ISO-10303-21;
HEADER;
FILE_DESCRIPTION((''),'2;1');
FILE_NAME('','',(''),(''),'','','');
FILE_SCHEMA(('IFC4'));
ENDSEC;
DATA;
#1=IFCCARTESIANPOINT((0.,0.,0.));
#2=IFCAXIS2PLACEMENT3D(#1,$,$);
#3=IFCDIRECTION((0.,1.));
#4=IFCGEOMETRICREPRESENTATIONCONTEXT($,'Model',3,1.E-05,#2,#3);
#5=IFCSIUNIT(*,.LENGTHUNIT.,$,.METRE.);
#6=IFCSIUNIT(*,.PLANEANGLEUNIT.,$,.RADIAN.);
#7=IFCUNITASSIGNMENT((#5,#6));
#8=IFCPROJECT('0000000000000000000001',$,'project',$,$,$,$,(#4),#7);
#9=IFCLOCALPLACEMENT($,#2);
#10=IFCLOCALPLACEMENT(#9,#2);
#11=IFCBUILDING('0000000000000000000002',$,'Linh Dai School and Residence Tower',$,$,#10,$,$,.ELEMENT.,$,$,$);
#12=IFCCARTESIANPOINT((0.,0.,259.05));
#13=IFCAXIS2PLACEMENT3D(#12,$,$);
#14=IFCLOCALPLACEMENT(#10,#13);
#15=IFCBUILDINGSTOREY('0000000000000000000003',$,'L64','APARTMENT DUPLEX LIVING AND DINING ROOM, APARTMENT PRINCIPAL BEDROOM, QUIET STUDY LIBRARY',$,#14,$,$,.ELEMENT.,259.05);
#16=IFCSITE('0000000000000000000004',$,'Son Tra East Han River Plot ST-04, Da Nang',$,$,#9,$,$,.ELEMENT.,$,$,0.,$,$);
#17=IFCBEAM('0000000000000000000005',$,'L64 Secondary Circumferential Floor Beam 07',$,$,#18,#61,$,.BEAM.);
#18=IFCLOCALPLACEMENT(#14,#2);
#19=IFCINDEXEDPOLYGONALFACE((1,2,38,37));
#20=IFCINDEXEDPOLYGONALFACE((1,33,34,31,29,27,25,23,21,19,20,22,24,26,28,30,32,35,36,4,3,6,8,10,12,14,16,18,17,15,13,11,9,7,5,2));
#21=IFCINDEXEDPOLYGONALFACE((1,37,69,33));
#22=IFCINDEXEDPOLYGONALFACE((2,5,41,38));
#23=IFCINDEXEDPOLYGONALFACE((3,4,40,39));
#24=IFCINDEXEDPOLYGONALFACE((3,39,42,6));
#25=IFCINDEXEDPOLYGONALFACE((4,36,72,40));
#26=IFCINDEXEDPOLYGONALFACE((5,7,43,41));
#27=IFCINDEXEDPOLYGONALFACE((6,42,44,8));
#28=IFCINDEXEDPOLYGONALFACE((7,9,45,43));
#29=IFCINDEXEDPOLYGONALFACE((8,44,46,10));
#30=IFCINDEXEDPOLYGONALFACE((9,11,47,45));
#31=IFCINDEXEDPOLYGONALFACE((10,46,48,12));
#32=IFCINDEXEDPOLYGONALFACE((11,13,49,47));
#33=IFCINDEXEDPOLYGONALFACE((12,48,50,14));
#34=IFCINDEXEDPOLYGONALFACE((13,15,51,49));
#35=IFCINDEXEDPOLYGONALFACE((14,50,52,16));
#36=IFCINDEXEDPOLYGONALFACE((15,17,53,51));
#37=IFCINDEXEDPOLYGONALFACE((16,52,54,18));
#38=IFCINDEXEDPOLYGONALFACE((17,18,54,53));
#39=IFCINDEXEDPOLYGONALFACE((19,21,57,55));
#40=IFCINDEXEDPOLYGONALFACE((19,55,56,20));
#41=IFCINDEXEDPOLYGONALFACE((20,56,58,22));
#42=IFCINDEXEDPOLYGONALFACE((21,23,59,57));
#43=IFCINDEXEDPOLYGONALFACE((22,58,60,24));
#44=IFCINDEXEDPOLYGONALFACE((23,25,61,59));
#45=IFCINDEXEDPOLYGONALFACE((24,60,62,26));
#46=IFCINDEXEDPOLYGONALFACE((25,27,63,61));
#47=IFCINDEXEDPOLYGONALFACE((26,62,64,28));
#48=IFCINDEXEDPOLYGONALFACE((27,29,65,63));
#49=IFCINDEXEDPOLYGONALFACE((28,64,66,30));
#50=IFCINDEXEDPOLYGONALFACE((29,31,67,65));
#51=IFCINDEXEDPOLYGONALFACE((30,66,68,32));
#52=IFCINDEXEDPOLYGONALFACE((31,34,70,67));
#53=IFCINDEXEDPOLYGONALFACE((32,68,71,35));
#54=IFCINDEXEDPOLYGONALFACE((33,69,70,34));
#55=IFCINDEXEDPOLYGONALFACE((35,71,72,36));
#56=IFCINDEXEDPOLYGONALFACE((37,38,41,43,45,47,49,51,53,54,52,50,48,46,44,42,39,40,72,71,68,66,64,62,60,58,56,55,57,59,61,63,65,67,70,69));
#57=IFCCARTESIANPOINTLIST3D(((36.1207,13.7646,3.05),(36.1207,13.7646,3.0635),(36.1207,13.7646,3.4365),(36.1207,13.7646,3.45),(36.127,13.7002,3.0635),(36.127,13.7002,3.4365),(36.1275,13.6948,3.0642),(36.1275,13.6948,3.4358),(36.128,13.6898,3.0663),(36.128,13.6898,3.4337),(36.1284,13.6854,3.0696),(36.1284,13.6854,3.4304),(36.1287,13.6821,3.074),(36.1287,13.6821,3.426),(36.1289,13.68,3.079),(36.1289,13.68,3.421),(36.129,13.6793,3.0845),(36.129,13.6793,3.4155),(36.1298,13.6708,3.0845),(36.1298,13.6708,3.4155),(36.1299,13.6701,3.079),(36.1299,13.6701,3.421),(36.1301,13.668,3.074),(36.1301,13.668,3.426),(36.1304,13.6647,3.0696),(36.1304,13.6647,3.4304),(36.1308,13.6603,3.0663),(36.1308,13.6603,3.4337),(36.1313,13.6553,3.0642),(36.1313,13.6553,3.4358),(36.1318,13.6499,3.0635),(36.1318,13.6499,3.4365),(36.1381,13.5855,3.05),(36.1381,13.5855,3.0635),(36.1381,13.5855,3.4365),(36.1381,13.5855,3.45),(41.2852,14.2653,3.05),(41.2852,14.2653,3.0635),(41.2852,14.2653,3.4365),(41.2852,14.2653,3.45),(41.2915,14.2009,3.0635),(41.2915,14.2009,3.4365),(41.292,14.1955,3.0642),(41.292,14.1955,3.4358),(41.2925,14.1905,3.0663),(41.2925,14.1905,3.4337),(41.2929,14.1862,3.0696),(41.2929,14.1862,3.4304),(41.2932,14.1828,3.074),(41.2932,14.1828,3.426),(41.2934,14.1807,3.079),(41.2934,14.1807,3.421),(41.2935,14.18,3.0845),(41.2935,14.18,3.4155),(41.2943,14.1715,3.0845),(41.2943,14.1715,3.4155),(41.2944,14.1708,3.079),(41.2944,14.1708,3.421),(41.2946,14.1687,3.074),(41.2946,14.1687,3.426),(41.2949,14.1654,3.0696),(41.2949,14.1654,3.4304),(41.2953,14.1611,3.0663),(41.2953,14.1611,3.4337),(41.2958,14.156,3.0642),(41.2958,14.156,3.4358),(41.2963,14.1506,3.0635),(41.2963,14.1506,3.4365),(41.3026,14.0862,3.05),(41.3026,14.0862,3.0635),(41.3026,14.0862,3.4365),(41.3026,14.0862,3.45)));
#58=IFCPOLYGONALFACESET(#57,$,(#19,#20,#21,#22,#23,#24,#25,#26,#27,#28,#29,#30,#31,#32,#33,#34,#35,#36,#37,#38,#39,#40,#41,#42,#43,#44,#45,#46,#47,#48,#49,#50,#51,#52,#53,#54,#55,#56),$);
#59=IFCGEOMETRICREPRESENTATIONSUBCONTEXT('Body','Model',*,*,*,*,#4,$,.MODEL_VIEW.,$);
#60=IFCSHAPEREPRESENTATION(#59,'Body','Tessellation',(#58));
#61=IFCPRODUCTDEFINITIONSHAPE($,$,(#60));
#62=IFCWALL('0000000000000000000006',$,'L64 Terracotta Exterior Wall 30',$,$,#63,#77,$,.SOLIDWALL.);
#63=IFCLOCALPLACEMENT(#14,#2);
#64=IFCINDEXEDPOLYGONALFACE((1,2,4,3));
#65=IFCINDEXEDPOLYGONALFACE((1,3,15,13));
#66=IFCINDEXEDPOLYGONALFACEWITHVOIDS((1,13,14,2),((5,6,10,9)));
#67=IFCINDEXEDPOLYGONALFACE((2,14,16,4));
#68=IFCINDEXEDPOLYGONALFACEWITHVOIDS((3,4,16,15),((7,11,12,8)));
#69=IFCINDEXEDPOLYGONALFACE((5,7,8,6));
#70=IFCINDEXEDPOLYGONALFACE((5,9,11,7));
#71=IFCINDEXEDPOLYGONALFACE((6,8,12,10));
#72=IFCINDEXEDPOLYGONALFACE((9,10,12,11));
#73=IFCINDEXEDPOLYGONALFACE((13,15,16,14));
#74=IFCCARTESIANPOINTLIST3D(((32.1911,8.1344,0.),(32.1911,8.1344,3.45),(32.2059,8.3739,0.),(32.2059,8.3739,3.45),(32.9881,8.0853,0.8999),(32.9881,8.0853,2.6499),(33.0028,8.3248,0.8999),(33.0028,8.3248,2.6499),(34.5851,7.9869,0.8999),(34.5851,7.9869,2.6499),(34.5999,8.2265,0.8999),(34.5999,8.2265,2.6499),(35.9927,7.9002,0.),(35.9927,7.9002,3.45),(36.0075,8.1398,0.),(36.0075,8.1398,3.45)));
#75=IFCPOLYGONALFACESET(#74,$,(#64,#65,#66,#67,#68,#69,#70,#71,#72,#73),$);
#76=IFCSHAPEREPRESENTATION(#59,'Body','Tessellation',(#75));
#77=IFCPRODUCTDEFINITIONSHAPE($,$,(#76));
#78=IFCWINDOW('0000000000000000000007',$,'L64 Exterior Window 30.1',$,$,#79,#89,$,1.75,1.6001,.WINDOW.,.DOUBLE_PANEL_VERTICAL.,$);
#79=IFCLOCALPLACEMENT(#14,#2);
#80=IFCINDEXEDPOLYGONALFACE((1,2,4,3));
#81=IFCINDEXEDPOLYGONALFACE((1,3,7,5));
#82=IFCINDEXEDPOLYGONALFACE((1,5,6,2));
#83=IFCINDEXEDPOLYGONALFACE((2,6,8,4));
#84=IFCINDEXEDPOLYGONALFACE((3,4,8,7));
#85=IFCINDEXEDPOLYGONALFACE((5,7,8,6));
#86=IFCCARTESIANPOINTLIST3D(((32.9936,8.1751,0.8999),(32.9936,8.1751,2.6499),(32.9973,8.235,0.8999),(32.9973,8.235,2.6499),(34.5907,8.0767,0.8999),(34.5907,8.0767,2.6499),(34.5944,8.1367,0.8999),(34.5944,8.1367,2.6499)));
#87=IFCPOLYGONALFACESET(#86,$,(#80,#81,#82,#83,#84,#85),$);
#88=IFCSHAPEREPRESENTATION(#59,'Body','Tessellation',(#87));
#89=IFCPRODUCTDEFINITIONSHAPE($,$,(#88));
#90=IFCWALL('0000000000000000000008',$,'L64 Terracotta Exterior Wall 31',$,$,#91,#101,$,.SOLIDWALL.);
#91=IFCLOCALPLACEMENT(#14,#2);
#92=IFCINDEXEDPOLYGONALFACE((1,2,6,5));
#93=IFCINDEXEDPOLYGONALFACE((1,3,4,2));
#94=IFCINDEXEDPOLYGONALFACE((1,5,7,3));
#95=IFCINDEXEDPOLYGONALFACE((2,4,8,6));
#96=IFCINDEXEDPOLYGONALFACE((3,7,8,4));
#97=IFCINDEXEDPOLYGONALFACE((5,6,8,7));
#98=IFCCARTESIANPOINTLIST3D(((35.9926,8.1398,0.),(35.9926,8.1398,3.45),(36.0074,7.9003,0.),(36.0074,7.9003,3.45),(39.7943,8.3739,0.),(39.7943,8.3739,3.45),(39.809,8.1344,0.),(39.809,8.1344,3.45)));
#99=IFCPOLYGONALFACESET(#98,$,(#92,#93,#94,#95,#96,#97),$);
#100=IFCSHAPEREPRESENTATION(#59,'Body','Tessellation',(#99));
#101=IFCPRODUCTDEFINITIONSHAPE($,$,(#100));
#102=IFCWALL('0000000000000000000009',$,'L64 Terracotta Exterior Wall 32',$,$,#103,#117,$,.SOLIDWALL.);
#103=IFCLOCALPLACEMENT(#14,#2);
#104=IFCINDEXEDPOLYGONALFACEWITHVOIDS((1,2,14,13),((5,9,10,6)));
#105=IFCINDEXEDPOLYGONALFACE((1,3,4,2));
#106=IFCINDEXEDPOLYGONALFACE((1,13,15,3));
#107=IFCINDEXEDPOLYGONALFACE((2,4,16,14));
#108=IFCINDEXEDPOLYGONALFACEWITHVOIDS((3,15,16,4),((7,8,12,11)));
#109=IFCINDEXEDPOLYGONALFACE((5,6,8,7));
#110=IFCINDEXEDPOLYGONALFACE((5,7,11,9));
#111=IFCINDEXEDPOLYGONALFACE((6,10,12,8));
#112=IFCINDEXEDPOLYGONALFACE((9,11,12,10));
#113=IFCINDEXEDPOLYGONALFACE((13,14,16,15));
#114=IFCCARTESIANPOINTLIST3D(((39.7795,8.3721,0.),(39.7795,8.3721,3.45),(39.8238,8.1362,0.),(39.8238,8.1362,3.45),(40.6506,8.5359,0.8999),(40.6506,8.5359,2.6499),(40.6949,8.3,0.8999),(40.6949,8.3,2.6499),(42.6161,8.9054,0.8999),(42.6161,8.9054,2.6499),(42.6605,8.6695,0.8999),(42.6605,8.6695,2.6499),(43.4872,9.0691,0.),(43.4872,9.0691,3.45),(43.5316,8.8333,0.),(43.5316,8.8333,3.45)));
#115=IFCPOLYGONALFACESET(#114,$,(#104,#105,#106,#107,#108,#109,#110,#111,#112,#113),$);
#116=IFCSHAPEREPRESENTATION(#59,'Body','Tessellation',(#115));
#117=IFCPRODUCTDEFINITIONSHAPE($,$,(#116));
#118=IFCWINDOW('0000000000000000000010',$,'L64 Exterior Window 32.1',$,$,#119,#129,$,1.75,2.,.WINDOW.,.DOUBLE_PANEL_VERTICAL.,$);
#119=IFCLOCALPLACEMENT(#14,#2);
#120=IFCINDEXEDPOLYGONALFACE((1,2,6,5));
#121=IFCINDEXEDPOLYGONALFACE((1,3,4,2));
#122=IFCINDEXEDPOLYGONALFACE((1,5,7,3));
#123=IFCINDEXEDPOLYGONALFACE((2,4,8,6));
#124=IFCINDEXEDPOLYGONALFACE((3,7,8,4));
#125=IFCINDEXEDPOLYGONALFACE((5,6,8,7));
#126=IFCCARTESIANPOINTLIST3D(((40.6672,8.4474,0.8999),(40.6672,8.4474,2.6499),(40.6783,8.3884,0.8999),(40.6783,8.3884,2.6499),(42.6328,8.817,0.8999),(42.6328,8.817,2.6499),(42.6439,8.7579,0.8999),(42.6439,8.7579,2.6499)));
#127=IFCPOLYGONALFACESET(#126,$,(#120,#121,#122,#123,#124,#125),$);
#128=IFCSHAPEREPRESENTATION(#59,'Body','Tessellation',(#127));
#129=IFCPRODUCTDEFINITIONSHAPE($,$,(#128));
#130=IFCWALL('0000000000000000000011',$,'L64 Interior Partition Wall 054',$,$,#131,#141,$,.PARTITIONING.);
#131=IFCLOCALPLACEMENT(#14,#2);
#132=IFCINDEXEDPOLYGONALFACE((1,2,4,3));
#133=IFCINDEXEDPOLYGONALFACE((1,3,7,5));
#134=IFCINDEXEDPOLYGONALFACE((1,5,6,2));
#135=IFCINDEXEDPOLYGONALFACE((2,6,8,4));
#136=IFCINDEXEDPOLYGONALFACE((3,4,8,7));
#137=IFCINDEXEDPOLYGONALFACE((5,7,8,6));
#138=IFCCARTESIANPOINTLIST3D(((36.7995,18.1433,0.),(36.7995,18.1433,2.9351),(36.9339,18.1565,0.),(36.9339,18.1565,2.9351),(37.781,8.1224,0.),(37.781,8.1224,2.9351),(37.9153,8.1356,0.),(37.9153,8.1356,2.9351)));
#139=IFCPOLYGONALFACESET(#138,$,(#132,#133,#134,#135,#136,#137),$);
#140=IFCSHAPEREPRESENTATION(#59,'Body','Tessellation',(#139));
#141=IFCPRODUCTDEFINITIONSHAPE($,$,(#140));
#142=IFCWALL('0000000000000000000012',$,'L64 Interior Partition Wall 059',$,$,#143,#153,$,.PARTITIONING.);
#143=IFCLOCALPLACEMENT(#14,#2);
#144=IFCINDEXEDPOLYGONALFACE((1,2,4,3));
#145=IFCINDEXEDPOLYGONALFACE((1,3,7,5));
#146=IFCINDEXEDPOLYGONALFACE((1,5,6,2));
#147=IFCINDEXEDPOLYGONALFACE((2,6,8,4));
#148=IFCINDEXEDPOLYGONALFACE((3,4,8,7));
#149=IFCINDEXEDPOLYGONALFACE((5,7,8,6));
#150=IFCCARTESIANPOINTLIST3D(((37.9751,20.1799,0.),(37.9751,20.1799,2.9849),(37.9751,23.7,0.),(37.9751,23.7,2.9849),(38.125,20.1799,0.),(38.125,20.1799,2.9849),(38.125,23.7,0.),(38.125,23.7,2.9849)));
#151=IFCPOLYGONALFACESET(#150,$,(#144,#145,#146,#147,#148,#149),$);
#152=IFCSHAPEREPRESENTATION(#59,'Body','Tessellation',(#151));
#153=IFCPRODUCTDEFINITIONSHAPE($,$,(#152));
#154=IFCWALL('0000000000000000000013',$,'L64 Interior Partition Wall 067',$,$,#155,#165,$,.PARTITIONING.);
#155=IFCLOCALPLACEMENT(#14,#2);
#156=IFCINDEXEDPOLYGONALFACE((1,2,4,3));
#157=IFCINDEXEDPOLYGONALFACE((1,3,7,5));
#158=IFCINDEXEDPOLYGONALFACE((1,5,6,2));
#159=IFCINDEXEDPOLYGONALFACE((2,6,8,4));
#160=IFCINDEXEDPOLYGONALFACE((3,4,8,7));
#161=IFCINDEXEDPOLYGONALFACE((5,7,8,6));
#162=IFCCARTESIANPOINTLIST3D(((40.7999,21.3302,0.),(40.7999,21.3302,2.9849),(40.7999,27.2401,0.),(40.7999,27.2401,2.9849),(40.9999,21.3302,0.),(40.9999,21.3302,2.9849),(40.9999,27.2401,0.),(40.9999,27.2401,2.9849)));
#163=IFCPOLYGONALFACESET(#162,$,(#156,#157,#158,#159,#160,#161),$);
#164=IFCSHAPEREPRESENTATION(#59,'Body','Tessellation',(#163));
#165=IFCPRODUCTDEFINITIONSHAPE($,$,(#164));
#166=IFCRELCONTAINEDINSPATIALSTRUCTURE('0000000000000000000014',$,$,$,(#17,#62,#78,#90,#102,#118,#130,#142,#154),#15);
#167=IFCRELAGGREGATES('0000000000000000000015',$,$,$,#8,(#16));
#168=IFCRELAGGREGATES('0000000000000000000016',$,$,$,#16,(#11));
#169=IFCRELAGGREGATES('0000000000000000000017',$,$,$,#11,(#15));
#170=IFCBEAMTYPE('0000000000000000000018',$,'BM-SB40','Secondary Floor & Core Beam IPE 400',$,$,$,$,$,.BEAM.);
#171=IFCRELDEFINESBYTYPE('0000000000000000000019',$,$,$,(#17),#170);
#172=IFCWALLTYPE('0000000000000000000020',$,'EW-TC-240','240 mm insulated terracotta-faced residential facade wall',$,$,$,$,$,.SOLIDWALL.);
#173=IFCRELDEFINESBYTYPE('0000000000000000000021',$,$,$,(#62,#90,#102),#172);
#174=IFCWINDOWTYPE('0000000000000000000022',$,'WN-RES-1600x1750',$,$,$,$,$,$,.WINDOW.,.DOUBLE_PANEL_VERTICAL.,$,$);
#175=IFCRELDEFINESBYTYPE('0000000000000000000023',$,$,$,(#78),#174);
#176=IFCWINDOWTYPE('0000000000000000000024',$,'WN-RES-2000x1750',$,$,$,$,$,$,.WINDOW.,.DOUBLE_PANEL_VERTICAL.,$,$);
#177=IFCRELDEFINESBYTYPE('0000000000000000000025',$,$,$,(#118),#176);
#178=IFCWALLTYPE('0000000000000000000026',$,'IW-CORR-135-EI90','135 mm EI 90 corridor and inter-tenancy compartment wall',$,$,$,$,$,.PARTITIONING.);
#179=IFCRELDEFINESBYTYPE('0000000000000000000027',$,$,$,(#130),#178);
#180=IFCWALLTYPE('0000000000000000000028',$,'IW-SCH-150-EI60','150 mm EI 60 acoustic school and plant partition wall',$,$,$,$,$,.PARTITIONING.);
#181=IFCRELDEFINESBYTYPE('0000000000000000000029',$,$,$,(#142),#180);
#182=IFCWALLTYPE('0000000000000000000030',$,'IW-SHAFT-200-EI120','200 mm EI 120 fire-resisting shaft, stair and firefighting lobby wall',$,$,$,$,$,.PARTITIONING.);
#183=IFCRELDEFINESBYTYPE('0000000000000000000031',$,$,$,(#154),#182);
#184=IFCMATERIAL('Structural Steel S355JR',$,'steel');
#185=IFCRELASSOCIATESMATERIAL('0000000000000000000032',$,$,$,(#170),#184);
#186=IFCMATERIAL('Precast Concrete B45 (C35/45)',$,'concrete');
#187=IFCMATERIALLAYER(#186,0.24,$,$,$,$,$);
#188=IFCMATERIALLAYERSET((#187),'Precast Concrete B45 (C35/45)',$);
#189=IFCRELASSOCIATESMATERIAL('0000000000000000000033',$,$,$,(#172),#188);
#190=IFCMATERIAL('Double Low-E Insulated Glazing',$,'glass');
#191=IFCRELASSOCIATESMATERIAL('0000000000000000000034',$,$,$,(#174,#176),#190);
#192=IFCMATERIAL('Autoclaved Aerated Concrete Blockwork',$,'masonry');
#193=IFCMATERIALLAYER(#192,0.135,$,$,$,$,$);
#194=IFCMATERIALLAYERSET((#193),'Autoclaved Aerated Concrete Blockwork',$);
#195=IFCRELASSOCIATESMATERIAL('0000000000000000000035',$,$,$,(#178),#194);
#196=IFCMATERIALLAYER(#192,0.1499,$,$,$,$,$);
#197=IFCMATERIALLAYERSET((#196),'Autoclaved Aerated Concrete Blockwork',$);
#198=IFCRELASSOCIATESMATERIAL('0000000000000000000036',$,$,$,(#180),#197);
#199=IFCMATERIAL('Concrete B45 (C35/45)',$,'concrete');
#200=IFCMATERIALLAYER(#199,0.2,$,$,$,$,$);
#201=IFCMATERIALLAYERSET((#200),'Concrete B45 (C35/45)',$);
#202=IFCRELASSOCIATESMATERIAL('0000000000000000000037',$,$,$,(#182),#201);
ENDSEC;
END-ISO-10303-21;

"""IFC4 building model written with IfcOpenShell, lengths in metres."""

from ifc_helpers import new_model, si_unit, direction, frame, frame_2d, origin, origin_2d, place, context, subcontext, project, spatial, rectangle, i_section, extrude, source, transform, mapped, material, layer, layer_set, material_profile, profile_set, type_object, element, fill, save


model = new_model("IFC4")

# Units and contexts
model_context = context("Model", 3, precision=1e-05, world=origin(), true_north=direction((0.0, 1.0)))
body_context = subcontext(model_context, "Body", "Model", "MODEL_VIEW")
ifc_project = project(units=[si_unit("LENGTHUNIT", "METRE"), si_unit("PLANEANGLEUNIT", "RADIAN")], contexts=[model_context])

# Site, building, storey
site_placement = place(None, origin())
site = spatial("IfcSite", under=ifc_project, at=site_placement, Name="Son Tra East Han River Plot ST-04, Da Nang", CompositionType="ELEMENT", RefElevation=0.0)
building_placement = place(site_placement, origin())
building = spatial("IfcBuilding", under=site, at=building_placement, Name="Linh Dai School and Residence Tower", CompositionType="ELEMENT")
storey_placement = place(building_placement, frame((0.0, 0.0, 259.05)))
storey = spatial("IfcBuildingStorey", under=building, at=storey_placement, Name="L64", Description="APARTMENT DUPLEX LIVING AND DINING ROOM, APARTMENT PRINCIPAL BEDROOM, QUIET STUDY LIBRARY", CompositionType="ELEMENT", Elevation=259.05)

# Shared definitions
ifc_material_1 = material(Name="Structural Steel S355JR", Category="steel")

# Beam
ifc_material_profile_1 = material_profile(ifc_material_1, i_section(OverallWidth=0.1799, OverallDepth=0.3999, WebThickness=0.0085, FlangeThickness=0.0134, FilletRadius=0.021, at=origin_2d()), Name="IPE 400")
ifc_profile_set_1 = profile_set([ifc_material_profile_1], Name="Structural Steel S355JR")
beam_type_1 = type_object("IfcBeamType", Name="BM-SB40", Description="Secondary Floor & Core Beam IPE 400", PredefinedType="BEAM", material=ifc_profile_set_1)
beam_1_placement = place(storey_placement, frame((36.1294, 13.675, 3.25), z_axis=(0.995333, 0.096503, 0.0), x_axis=(-0.096503, 0.995333, 0.0)))
element("IfcBeam", 1, at=beam_1_placement, inside=storey, type_object=beam_type_1, Name="L64 Secondary Circumferential Floor Beam 07", PredefinedType="BEAM", context=body_context, shape_type="SweptSolid", body=[
    extrude(i_section(OverallWidth=0.1799, OverallDepth=0.3999, WebThickness=0.0085, FlangeThickness=0.0134, FilletRadius=0.021, at=origin_2d()), origin(), (0.0, 0.0, 1.0), 5.1887),
])

# Wall, opening, window
ifc_material_2 = material(Name="Precast Concrete B45 (C35/45)", Category="concrete")
ifc_layer_1 = layer(ifc_material_2, 0.24)
ifc_layer_set_1 = layer_set([ifc_layer_1], Name="Precast Concrete B45 (C35/45)")
wall_type_1 = type_object("IfcWallType", Name="EW-TC-240", Description="240 mm insulated terracotta-faced residential facade wall", PredefinedType="SOLIDWALL", material=ifc_layer_set_1)
wall_1_placement = place(storey_placement, frame((36.0, 8.02, 0.0), z_axis=(0.0, 0.0, 1.0), x_axis=(-0.998109, 0.061472, 0.0)))
wall_1 = element("IfcWall", 2, at=wall_1_placement, inside=storey, type_object=wall_type_1, Name="L64 Terracotta Exterior Wall 30", PredefinedType="SOLIDWALL", context=body_context, shape_type="SweptSolid", body=[
    extrude(rectangle(XDim=3.8088, YDim=0.24, at=frame_2d((1.9043, 0.0))), origin(), (0.0, 0.0, 1.0), 3.45),
])
opening_1_placement = place(wall_1_placement, frame((1.4102, 0.0, 0.8999)))
opening_1 = element("IfcOpeningElement", 3, at=opening_1_placement, cuts=wall_1, PredefinedType="OPENING", context=body_context, shape_type="SweptSolid", body=[
    extrude(rectangle(XDim=1.6001, YDim=1.75, at=origin_2d()), frame((0.8, 0.1299, 0.875), z_axis=(0.0, -1.0, 0.0), x_axis=(1.0, 0.0, 0.0)), (0.0, 0.0, 1.0), 0.26),
])
ifc_material_3 = material(Name="Double Low-E Insulated Glazing", Category="glass")
window_type_1 = type_object("IfcWindowType", Name="WN-RES-1600x1750", PartitioningType="DOUBLE_PANEL_VERTICAL", PredefinedType="WINDOW", material=ifc_material_3)
shared_shape_1 = source(origin(), body_context, "Body", "SweptSolid", [
    extrude(rectangle(XDim=1.6001, YDim=1.75, at=origin_2d()), frame((0.8, 0.03, 0.875), z_axis=(0.0, -1.0, 0.0), x_axis=(1.0, 0.0, 0.0)), (0.0, 0.0, 1.0), 0.0601),
])
window_1_placement = place(opening_1_placement, origin())
window_1 = element("IfcWindow", 4, at=window_1_placement, inside=storey, type_object=window_type_1, Name="L64 Exterior Window 30.1", OverallHeight=1.75, OverallWidth=1.6001, PartitioningType="DOUBLE_PANEL_VERTICAL", PredefinedType="WINDOW", context=body_context, shape_type="MappedRepresentation", body=[
    mapped(shared_shape_1, transform((0.0, 0.0, 0.0), x_axis=(1.0, 0.0, 0.0), y_axis=(0.0, 1.0, 0.0), z_axis=(0.0, 0.0, 1.0), scale=1.0)),
])
fill(opening_1, window_1)

# Wall
wall_2_placement = place(storey_placement, frame((39.8015, 8.2542, 0.0), z_axis=(0.0, 0.0, 1.0), x_axis=(-0.998109, -0.061472, 0.0)))
element("IfcWall", 5, at=wall_2_placement, inside=storey, type_object=wall_type_1, Name="L64 Terracotta Exterior Wall 31", PredefinedType="SOLIDWALL", context=body_context, shape_type="SweptSolid", body=[
    extrude(rectangle(XDim=3.8088, YDim=0.24, at=frame_2d((1.9043, 0.0))), origin(), (0.0, 0.0, 1.0), 3.45),
])

# Wall, opening, window
wall_3_placement = place(storey_placement, frame((43.5093, 8.9512, 0.0), z_axis=(0.0, 0.0, 1.0), x_axis=(-0.982785, -0.184753, 0.0)))
wall_3 = element("IfcWall", 6, at=wall_3_placement, inside=storey, type_object=wall_type_1, Name="L64 Terracotta Exterior Wall 32", PredefinedType="SOLIDWALL", context=body_context, shape_type="SweptSolid", body=[
    extrude(rectangle(XDim=3.7727, YDim=0.24, at=frame_2d((1.8862, 0.0))), origin(), (0.0, 0.0, 1.0), 3.45),
])
opening_2_placement = place(wall_3_placement, frame((0.8862, 0.0, 0.8999)))
opening_2 = element("IfcOpeningElement", 7, at=opening_2_placement, cuts=wall_3, PredefinedType="OPENING", context=body_context, shape_type="SweptSolid", body=[
    extrude(rectangle(XDim=2.0, YDim=1.75, at=origin_2d()), frame((1.0, 0.1299, 0.875), z_axis=(0.0, -1.0, 0.0), x_axis=(1.0, 0.0, 0.0)), (0.0, 0.0, 1.0), 0.26),
])
window_type_2 = type_object("IfcWindowType", Name="WN-RES-2000x1750", PartitioningType="DOUBLE_PANEL_VERTICAL", PredefinedType="WINDOW", material=ifc_material_3)
shared_shape_2 = source(origin(), body_context, "Body", "SweptSolid", [
    extrude(rectangle(XDim=2.0, YDim=1.75, at=origin_2d()), frame((1.0, 0.03, 0.875), z_axis=(0.0, -1.0, 0.0), x_axis=(1.0, 0.0, 0.0)), (0.0, 0.0, 1.0), 0.0601),
])
window_2_placement = place(opening_2_placement, origin())
window_2 = element("IfcWindow", 8, at=window_2_placement, inside=storey, type_object=window_type_2, Name="L64 Exterior Window 32.1", OverallHeight=1.75, OverallWidth=2.0, PartitioningType="DOUBLE_PANEL_VERTICAL", PredefinedType="WINDOW", context=body_context, shape_type="MappedRepresentation", body=[
    mapped(shared_shape_2, transform((0.0, 0.0, 0.0), x_axis=(1.0, 0.0, 0.0), y_axis=(0.0, 1.0, 0.0), z_axis=(0.0, 0.0, 1.0), scale=1.0)),
])
fill(opening_2, window_2)

# Walls
ifc_material_4 = material(Name="Autoclaved Aerated Concrete Blockwork", Category="masonry")
ifc_layer_2 = layer(ifc_material_4, 0.135)
ifc_layer_set_2 = layer_set([ifc_layer_2], Name="Autoclaved Aerated Concrete Blockwork")
wall_type_2 = type_object("IfcWallType", Name="IW-CORR-135-EI90", Description="135 mm EI 90 corridor and inter-tenancy compartment wall", PredefinedType="PARTITIONING", material=ifc_layer_set_2)
wall_4_placement = place(storey_placement, frame((36.8667, 18.1499, 0.0), z_axis=(0.0, 0.0, 1.0), x_axis=(0.097473, -0.995238, 0.0)))
element("IfcWall", 9, at=wall_4_placement, inside=storey, type_object=wall_type_2, Name="L64 Interior Partition Wall 054", PredefinedType="PARTITIONING", context=body_context, shape_type="SweptSolid", body=[
    extrude(rectangle(XDim=10.0688, YDim=0.135, at=frame_2d((5.0344, 0.0))), origin(), (0.0, 0.0, 1.0), 2.9351),
])
ifc_layer_3 = layer(ifc_material_4, 0.1499)
ifc_layer_set_3 = layer_set([ifc_layer_3], Name="Autoclaved Aerated Concrete Blockwork")
wall_type_3 = type_object("IfcWallType", Name="IW-SCH-150-EI60", Description="150 mm EI 60 acoustic school and plant partition wall", PredefinedType="PARTITIONING", material=ifc_layer_set_3)
wall_5_placement = place(storey_placement, frame((38.05, 20.1799, 0.0), z_axis=(0.0, 0.0, 1.0), x_axis=(0.0, 1.0, 0.0)))
element("IfcWall", 10, at=wall_5_placement, inside=storey, type_object=wall_type_3, Name="L64 Interior Partition Wall 059", PredefinedType="PARTITIONING", context=body_context, shape_type="SweptSolid", body=[
    extrude(rectangle(XDim=3.52, YDim=0.1499, at=frame_2d((1.76, 0.0))), origin(), (0.0, 0.0, 1.0), 2.9849),
])
ifc_material_5 = material(Name="Concrete B45 (C35/45)", Category="concrete")
ifc_layer_4 = layer(ifc_material_5, 0.2)
ifc_layer_set_4 = layer_set([ifc_layer_4], Name="Concrete B45 (C35/45)")
wall_type_4 = type_object("IfcWallType", Name="IW-SHAFT-200-EI120", Description="200 mm EI 120 fire-resisting shaft, stair and firefighting lobby wall", PredefinedType="PARTITIONING", material=ifc_layer_set_4)
wall_6_placement = place(storey_placement, frame((40.8999, 21.3301, 0.0), z_axis=(0.0, 0.0, 1.0), x_axis=(0.0, 1.0, 0.0)))
element("IfcWall", 11, at=wall_6_placement, inside=storey, type_object=wall_type_4, Name="L64 Interior Partition Wall 067", PredefinedType="PARTITIONING", context=body_context, shape_type="SweptSolid", body=[
    extrude(rectangle(XDim=5.9099, YDim=0.2, at=frame_2d((2.9551, 0.0))), origin(), (0.0, 0.0, 1.0), 2.9849),
])

save(model, "model.ifc")
